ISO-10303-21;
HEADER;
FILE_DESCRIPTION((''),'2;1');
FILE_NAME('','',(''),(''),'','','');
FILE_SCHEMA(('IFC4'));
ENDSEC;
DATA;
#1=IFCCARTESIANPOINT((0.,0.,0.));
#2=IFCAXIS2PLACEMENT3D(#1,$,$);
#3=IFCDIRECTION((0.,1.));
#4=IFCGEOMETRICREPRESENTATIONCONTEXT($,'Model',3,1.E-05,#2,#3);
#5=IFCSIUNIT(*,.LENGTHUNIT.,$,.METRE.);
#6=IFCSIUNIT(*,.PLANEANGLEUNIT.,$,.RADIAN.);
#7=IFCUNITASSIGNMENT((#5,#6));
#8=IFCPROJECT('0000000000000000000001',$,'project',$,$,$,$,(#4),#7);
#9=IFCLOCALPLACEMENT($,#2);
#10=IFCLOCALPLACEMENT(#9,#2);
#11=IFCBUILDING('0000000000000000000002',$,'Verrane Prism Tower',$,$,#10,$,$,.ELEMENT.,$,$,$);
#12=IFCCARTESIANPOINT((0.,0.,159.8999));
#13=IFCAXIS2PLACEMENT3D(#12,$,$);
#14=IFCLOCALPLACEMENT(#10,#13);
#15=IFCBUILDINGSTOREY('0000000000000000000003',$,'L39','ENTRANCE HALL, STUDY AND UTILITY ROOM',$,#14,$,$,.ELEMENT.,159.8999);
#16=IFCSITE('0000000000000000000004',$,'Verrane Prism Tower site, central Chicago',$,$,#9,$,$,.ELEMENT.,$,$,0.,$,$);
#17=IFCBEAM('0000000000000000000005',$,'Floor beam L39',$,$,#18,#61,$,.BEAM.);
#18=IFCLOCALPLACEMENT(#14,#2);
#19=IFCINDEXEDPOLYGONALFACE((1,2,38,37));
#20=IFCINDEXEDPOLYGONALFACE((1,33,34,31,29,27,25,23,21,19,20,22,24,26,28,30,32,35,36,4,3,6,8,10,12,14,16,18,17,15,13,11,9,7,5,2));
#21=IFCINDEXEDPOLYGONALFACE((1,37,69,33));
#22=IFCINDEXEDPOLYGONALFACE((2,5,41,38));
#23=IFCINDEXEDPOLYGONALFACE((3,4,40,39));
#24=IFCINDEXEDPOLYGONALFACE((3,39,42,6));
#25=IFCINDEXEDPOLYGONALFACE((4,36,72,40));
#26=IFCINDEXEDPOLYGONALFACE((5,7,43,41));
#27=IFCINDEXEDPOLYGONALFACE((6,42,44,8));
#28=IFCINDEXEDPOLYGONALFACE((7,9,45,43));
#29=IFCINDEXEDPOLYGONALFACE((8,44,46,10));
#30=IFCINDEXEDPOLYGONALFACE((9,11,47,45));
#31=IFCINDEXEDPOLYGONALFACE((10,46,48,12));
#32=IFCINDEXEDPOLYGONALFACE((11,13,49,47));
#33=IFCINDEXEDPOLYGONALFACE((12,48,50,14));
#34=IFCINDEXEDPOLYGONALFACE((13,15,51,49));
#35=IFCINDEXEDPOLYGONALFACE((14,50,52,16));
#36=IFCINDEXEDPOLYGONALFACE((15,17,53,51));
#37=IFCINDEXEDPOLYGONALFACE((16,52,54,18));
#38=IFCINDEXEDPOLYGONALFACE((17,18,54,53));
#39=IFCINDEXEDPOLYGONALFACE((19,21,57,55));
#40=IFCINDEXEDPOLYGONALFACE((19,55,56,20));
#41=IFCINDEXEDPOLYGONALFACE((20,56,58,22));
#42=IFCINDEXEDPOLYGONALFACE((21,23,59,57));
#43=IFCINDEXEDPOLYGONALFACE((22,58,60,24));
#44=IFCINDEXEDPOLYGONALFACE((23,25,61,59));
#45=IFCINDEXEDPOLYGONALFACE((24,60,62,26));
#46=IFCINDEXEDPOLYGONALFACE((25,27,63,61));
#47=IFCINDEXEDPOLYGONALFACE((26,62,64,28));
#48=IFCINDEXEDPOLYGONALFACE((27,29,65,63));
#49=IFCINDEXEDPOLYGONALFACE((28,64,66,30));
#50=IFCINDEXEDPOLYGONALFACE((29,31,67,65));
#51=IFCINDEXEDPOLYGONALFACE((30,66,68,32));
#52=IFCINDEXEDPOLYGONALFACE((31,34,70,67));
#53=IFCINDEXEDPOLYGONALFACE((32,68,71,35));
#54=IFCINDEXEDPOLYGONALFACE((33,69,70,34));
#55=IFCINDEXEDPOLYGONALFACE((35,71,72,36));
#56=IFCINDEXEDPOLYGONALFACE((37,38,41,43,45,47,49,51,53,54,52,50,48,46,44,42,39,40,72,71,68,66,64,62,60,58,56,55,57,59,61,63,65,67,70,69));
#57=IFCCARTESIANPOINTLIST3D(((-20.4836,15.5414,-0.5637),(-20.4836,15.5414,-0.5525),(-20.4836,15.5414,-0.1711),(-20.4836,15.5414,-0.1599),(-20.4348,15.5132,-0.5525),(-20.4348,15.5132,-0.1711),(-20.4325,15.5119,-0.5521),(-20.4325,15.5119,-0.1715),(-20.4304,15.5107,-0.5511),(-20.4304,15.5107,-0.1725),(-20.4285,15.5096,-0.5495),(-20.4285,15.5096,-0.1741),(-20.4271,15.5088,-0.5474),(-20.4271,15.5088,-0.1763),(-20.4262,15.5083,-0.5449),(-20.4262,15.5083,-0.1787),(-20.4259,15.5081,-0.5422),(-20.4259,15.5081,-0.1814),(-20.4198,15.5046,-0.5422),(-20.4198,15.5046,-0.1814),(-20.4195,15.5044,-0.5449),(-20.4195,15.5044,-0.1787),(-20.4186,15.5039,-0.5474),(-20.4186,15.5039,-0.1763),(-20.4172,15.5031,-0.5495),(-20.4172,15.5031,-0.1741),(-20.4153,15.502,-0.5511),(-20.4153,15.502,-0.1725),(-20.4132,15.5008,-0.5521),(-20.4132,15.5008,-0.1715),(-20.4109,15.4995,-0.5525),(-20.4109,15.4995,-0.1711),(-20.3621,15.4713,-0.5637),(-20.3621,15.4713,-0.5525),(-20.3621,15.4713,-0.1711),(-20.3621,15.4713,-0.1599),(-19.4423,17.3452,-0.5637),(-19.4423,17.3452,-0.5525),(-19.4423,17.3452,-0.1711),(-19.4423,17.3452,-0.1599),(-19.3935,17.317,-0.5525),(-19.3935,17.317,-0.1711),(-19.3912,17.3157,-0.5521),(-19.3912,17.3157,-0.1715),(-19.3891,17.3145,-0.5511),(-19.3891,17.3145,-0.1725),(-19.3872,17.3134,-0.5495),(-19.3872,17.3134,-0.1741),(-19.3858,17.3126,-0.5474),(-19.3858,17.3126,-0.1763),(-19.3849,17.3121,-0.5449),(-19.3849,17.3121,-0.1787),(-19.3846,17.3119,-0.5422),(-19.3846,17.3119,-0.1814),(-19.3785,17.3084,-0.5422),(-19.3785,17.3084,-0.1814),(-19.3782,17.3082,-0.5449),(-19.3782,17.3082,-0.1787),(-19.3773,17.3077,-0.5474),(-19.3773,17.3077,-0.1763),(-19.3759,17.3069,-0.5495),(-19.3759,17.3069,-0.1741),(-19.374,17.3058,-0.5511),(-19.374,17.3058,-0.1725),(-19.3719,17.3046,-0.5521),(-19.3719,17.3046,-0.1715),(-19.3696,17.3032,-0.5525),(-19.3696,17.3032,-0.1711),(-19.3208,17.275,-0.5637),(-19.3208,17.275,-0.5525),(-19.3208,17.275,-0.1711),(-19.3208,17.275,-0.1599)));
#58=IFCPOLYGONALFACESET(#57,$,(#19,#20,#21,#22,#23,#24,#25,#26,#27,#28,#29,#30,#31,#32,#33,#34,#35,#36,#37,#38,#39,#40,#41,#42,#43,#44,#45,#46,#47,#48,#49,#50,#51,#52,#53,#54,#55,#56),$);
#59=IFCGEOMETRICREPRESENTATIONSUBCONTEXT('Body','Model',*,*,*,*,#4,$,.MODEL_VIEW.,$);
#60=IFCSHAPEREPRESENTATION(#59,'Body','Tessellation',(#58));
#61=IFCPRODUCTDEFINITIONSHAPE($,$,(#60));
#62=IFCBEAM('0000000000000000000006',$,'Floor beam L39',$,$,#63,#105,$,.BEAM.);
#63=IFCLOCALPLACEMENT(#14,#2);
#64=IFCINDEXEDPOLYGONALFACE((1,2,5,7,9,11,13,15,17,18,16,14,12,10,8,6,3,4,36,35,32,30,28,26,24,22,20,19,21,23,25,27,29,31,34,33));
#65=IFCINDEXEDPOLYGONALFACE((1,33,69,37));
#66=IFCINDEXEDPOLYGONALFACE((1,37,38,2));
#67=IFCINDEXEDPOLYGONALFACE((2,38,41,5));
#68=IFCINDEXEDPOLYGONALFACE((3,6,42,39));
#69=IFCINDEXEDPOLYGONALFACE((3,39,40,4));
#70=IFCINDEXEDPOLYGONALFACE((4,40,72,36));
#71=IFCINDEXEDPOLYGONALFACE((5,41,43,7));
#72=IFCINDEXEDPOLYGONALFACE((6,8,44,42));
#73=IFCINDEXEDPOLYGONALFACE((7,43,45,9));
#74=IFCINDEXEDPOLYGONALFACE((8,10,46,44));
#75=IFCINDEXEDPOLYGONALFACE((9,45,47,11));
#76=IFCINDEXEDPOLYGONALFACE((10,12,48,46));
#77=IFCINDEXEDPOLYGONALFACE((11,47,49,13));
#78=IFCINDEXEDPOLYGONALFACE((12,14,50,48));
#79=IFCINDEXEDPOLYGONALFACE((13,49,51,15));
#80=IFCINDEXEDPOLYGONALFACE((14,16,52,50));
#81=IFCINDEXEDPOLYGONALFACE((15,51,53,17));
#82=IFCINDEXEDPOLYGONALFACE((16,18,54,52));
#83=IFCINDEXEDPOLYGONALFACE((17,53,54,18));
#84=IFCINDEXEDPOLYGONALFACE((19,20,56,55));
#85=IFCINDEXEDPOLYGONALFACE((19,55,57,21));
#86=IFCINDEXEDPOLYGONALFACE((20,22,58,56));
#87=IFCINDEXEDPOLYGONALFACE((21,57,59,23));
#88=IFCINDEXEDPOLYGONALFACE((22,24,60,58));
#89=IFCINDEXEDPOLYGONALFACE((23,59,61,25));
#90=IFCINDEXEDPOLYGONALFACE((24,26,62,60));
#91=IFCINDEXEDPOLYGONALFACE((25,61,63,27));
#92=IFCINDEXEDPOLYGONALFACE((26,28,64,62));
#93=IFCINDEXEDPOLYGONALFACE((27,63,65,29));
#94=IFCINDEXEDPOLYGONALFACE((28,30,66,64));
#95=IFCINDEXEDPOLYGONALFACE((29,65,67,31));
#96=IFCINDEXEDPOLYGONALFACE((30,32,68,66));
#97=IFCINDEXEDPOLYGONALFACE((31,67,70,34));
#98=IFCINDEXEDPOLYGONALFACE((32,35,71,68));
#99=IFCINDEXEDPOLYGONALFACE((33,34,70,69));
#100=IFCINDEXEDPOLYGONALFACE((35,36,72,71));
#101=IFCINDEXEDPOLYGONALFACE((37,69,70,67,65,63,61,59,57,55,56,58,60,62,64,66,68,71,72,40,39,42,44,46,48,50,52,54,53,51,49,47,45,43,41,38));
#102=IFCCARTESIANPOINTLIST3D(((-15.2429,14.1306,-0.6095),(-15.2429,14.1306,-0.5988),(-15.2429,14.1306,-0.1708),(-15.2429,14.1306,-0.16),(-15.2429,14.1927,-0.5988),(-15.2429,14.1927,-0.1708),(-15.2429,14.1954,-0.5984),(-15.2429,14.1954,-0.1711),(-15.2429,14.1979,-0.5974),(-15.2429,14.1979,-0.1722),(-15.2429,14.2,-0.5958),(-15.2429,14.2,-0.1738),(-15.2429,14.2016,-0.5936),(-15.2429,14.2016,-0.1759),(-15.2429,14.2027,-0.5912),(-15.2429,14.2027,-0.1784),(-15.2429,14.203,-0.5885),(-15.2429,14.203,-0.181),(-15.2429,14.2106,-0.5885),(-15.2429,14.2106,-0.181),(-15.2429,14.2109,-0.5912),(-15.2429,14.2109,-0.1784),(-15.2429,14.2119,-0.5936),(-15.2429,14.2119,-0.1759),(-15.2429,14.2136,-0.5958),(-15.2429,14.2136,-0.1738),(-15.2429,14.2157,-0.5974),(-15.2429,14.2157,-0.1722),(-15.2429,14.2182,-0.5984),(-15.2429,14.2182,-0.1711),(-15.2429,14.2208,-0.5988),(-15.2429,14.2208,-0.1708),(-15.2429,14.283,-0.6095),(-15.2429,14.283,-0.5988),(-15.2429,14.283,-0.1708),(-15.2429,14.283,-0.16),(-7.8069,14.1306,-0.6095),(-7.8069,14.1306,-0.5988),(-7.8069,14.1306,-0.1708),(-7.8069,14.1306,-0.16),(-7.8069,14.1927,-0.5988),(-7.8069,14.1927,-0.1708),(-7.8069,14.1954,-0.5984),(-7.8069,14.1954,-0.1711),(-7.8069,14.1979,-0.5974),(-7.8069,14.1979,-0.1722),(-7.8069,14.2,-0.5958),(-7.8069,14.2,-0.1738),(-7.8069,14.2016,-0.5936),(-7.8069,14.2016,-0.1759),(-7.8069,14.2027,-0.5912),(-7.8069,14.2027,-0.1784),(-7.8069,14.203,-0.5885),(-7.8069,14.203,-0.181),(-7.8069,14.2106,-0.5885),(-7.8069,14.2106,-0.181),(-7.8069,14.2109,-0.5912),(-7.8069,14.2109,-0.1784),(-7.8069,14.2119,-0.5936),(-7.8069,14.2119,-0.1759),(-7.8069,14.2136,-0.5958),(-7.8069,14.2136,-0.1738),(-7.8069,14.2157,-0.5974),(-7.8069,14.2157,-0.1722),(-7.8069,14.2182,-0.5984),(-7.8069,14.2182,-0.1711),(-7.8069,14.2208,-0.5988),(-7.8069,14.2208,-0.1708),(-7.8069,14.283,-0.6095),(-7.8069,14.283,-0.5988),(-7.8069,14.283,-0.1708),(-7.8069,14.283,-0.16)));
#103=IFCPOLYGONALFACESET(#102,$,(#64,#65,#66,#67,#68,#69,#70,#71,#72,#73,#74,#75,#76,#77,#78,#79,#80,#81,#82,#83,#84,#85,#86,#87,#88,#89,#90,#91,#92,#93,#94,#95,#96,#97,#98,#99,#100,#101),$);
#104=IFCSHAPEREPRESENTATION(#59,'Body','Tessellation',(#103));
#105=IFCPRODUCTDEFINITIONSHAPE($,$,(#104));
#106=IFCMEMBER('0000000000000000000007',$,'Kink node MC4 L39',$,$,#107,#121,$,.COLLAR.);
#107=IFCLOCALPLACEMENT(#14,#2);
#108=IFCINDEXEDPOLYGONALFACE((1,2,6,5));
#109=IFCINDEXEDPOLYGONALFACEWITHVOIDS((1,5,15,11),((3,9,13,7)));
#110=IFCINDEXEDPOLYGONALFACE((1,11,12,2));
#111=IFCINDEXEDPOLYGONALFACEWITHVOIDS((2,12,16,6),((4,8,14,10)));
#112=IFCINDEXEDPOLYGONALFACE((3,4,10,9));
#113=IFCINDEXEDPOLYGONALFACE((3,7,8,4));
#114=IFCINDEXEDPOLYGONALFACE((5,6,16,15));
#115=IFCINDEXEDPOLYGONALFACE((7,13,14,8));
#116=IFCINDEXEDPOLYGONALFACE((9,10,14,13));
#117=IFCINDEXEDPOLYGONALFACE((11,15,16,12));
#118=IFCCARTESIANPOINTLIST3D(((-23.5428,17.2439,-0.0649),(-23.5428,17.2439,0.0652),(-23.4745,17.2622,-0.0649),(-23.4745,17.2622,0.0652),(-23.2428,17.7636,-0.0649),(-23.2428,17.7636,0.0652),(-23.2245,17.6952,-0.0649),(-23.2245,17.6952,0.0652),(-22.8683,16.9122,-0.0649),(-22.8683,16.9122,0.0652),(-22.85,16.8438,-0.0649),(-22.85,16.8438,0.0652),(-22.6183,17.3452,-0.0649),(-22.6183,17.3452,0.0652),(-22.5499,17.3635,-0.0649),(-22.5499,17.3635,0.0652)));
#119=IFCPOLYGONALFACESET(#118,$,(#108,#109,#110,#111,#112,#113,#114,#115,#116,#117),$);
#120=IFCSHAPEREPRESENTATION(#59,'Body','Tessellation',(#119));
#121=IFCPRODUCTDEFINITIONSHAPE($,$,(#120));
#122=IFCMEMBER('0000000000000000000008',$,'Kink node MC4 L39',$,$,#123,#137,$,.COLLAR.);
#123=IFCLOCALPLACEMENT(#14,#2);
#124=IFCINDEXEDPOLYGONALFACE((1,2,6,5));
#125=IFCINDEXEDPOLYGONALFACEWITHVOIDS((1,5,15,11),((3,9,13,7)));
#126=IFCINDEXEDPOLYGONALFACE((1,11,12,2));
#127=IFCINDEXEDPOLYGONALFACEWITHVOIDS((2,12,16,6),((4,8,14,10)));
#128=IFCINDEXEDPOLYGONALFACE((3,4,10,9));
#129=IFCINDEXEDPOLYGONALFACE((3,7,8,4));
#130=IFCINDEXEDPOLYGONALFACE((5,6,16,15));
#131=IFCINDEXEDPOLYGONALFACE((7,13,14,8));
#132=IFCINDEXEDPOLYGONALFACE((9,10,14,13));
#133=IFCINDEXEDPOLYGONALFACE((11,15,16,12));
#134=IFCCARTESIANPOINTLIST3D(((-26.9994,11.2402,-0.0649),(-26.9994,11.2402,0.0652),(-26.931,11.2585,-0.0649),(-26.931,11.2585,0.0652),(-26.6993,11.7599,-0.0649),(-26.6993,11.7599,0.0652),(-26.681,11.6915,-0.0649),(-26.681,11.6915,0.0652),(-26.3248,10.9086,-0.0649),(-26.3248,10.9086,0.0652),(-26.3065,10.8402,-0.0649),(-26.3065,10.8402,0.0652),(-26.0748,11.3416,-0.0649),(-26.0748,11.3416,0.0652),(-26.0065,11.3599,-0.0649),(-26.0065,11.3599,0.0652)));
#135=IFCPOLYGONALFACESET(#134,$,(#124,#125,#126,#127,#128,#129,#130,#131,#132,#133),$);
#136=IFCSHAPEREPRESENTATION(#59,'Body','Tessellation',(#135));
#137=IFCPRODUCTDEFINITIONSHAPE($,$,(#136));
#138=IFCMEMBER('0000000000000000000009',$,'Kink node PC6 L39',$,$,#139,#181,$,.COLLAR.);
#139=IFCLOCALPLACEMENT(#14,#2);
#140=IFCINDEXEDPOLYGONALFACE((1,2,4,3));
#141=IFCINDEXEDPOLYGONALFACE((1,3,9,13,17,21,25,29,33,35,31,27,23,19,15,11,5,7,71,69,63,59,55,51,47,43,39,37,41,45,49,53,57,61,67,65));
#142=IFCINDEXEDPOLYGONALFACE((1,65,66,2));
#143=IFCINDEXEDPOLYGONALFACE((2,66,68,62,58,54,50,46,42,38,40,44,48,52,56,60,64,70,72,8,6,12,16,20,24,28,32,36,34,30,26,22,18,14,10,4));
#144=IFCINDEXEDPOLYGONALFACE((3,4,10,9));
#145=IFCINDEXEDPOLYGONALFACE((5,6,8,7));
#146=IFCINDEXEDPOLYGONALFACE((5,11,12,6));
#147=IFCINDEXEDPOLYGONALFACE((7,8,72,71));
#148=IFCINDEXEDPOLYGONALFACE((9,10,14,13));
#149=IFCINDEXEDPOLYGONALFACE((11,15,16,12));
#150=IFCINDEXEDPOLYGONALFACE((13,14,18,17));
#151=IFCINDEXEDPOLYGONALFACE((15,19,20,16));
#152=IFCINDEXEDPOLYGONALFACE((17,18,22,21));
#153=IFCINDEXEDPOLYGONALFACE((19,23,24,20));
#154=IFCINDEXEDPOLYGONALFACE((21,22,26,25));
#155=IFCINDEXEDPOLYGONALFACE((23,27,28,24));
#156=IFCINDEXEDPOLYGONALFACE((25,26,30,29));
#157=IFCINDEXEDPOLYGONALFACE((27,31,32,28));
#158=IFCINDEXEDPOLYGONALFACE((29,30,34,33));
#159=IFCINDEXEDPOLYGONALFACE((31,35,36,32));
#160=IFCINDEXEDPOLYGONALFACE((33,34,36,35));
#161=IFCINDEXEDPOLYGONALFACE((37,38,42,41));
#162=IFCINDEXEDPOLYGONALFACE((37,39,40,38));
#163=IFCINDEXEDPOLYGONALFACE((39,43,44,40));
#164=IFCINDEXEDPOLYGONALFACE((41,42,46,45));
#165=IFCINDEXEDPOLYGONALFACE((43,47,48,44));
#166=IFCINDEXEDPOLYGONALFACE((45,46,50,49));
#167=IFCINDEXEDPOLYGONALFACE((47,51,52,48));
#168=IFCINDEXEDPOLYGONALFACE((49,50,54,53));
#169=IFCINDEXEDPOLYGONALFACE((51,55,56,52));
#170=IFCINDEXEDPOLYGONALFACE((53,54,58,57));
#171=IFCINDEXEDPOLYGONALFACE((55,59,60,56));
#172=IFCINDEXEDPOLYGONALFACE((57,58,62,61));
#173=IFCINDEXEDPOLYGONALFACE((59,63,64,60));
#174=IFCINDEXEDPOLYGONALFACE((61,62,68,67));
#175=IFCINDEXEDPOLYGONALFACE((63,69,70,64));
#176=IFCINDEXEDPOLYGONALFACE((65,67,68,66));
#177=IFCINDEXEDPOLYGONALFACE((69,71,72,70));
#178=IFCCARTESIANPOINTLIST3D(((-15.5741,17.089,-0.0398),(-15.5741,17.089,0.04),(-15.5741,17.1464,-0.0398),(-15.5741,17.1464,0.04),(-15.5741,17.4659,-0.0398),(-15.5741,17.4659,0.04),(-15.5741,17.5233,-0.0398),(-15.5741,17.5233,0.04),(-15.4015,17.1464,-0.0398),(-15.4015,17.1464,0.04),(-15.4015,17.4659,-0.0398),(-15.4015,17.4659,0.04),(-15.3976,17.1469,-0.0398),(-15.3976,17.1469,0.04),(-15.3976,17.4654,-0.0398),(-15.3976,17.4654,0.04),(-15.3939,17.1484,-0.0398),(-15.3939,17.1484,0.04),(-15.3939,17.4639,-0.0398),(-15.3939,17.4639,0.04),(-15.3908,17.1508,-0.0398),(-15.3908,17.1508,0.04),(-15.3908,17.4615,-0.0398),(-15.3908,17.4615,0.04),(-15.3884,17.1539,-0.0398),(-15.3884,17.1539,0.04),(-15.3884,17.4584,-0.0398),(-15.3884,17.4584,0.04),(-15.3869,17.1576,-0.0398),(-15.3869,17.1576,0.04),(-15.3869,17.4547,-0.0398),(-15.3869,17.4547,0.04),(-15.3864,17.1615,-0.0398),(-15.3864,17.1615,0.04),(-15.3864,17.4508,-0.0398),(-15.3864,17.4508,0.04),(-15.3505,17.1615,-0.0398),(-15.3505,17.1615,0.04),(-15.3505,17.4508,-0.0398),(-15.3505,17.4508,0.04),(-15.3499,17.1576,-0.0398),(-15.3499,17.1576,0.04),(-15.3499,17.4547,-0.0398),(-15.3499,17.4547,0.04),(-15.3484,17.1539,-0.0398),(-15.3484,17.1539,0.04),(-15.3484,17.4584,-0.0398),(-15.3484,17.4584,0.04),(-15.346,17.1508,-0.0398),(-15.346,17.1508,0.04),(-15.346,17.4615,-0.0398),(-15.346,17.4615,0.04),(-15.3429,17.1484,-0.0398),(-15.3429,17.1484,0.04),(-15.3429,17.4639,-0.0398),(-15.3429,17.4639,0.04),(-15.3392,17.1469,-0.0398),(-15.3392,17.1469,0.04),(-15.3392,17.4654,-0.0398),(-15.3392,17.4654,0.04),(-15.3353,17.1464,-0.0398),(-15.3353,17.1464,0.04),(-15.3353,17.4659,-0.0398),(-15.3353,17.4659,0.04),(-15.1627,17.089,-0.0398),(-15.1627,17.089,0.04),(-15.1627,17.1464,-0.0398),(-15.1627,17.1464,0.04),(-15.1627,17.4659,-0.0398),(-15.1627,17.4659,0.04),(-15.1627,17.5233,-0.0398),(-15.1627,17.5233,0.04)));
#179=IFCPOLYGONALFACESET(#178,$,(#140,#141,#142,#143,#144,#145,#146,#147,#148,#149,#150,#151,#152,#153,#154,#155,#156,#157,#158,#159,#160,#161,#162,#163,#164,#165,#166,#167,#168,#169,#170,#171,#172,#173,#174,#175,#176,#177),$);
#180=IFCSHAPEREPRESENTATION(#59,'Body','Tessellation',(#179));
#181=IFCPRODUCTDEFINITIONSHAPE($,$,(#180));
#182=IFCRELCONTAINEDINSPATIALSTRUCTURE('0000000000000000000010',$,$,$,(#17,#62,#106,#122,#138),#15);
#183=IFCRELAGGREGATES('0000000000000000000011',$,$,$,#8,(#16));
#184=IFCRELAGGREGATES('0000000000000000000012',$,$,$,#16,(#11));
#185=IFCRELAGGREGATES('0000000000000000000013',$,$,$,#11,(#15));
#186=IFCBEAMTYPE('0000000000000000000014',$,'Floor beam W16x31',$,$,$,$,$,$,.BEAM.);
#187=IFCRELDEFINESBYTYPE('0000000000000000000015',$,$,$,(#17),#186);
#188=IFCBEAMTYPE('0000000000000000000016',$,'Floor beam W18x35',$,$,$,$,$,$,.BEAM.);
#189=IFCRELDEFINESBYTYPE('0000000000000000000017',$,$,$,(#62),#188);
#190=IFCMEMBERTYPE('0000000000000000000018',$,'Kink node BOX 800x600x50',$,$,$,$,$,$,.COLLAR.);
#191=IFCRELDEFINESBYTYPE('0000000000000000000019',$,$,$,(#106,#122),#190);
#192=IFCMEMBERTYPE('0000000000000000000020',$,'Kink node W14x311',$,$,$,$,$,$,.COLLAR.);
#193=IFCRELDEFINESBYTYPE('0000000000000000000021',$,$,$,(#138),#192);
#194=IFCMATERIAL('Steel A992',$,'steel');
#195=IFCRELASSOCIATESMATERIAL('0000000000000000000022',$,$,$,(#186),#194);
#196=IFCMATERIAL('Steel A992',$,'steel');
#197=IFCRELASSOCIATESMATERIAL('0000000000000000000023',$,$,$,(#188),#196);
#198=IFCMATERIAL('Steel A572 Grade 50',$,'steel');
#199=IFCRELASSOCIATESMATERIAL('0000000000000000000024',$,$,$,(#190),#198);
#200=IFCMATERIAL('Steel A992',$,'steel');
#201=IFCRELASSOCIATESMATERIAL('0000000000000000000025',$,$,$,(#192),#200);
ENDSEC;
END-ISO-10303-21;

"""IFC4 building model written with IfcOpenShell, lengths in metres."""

from ifc_helpers import new_model, si_unit, direction, frame, origin, origin_2d, place, context, subcontext, project, spatial, hollow_rectangle, i_section, extrude, material, material_profile, profile_set, type_object, element, save


model = new_model("IFC4")

# Units and contexts
model_context = context("Model", 3, precision=1e-05, world=origin(), true_north=direction((0.0, 1.0)))
body_context = subcontext(model_context, "Body", "Model", "MODEL_VIEW")
ifc_project = project(units=[si_unit("LENGTHUNIT", "METRE"), si_unit("PLANEANGLEUNIT", "RADIAN")], contexts=[model_context])

# Site, building, storey
site_placement = place(None, origin())
site = spatial("IfcSite", under=ifc_project, at=site_placement, Name="Verrane Prism Tower site, central Chicago", CompositionType="ELEMENT", RefElevation=0.0)
building_placement = place(site_placement, origin())
building = spatial("IfcBuilding", under=site, at=building_placement, Name="Verrane Prism Tower", CompositionType="ELEMENT")
storey_placement = place(building_placement, frame((0.0, 0.0, 159.8999)))
storey = spatial("IfcBuildingStorey", under=building, at=storey_placement, Name="L39", Description="ENTRANCE HALL, STUDY AND UTILITY ROOM", CompositionType="ELEMENT", Elevation=159.8999)

# Beams
ifc_material_1 = material(Name="Steel A992", Category="steel")
ifc_material_profile_1 = material_profile(ifc_material_1, i_section(OverallWidth=0.1404, OverallDepth=0.4038, WebThickness=0.0071, FlangeThickness=0.0112, FilletRadius=0.0103, at=origin_2d()), Name="W16x31")
ifc_profile_set_1 = profile_set([ifc_material_profile_1], Name="Steel A992")
beam_type_1 = type_object("IfcBeamType", Name="Floor beam W16x31", PredefinedType="BEAM", material=ifc_profile_set_1)
beam_1_placement = place(storey_placement, frame((-20.4229, 15.5063, -0.3618), z_axis=(0.499959, 0.866049, 0.0), x_axis=(-0.866049, 0.499959, 0.0)))
element("IfcBeam", 1, at=beam_1_placement, inside=storey, type_object=beam_type_1, Name="Floor beam L39", PredefinedType="BEAM", context=body_context, shape_type="SweptSolid", body=[
    extrude(i_section(OverallWidth=0.1404, OverallDepth=0.4038, WebThickness=0.0071, FlangeThickness=0.0112, FilletRadius=0.0103, at=origin_2d()), origin(), (0.0, 0.0, 1.0), 2.0828),
])
ifc_material_2 = material(Name="Steel A992", Category="steel")
ifc_material_profile_2 = material_profile(ifc_material_2, i_section(OverallWidth=0.1523, OverallDepth=0.4495, WebThickness=0.0076, FlangeThickness=0.0107, FilletRadius=0.0103, at=origin_2d()), Name="W18x35")
ifc_profile_set_2 = profile_set([ifc_material_profile_2], Name="Steel A992")
beam_type_2 = type_object("IfcBeamType", Name="Floor beam W18x35", PredefinedType="BEAM", material=ifc_profile_set_2)
beam_2_placement = place(storey_placement, frame((-15.2429, 14.2068, -0.3848), z_axis=(1.0, 0.0, 0.0), x_axis=(0.0, 1.0, 0.0)))
element("IfcBeam", 2, at=beam_2_placement, inside=storey, type_object=beam_type_2, Name="Floor beam L39", PredefinedType="BEAM", context=body_context, shape_type="SweptSolid", body=[
    extrude(i_section(OverallWidth=0.1523, OverallDepth=0.4495, WebThickness=0.0076, FlangeThickness=0.0107, FilletRadius=0.0103, at=origin_2d()), origin(), (0.0, 0.0, 1.0), 7.436),
])

# Members
ifc_material_3 = material(Name="Steel A572 Grade 50", Category="steel")
ifc_material_profile_3 = material_profile(ifc_material_3, hollow_rectangle(XDim=0.6001, YDim=0.8, WallThickness=0.05, at=origin_2d()), Name="BOX 800x600x50")
ifc_profile_set_3 = profile_set([ifc_material_profile_3], Name="Steel A572 Grade 50")
member_type_1 = type_object("IfcMemberType", Name="Kink node BOX 800x600x50", PredefinedType="COLLAR", material=ifc_profile_set_3)
for number, where, z_axis, x_axis, name in (
    (3, (-23.0464, 17.3037, -0.0649), (0.0, 0.0, 1.0), (0.5, 0.866025, 0.0), "Kink node MC4 L39"),
    (4, (-26.5029, 11.3, -0.0649), (0.0, 0.0, 1.0), (0.5, 0.866025, 0.0), "Kink node MC4 L39"),
):
    element("IfcMember", number, at=place(storey_placement, frame(where, z_axis=z_axis, x_axis=x_axis)), inside=storey, type_object=member_type_1, Name=name, PredefinedType="COLLAR", context=body_context, shape_type="SweptSolid", body=[
        extrude(hollow_rectangle(XDim=0.6001, YDim=0.8, WallThickness=0.05, at=origin_2d()), origin(), (0.0, 0.0, 1.0), 0.1301),
    ])
ifc_material_4 = material(Name="Steel A992", Category="steel")
ifc_material_profile_4 = material_profile(ifc_material_4, i_section(OverallWidth=0.4114, OverallDepth=0.4343, WebThickness=0.0359, FlangeThickness=0.0574, FilletRadius=0.0151, at=origin_2d()), Name="W14x311")
ifc_profile_set_4 = profile_set([ifc_material_profile_4], Name="Steel A992")
member_type_2 = type_object("IfcMemberType", Name="Kink node W14x311", PredefinedType="COLLAR", material=ifc_profile_set_4)
member_1_placement = place(storey_placement, frame((-15.3684, 17.3062, -0.0398), z_axis=(0.0, 0.0, 1.0), x_axis=(1.0, 0.0, 0.0)))
element("IfcMember", 5, at=member_1_placement, inside=storey, type_object=member_type_2, Name="Kink node PC6 L39", PredefinedType="COLLAR", context=body_context, shape_type="SweptSolid", body=[
    extrude(i_section(OverallWidth=0.4114, OverallDepth=0.4343, WebThickness=0.0359, FlangeThickness=0.0574, FilletRadius=0.0151, at=origin_2d()), origin(), (0.0, 0.0, 1.0), 0.0798),
])

save(model, "model.ifc")
